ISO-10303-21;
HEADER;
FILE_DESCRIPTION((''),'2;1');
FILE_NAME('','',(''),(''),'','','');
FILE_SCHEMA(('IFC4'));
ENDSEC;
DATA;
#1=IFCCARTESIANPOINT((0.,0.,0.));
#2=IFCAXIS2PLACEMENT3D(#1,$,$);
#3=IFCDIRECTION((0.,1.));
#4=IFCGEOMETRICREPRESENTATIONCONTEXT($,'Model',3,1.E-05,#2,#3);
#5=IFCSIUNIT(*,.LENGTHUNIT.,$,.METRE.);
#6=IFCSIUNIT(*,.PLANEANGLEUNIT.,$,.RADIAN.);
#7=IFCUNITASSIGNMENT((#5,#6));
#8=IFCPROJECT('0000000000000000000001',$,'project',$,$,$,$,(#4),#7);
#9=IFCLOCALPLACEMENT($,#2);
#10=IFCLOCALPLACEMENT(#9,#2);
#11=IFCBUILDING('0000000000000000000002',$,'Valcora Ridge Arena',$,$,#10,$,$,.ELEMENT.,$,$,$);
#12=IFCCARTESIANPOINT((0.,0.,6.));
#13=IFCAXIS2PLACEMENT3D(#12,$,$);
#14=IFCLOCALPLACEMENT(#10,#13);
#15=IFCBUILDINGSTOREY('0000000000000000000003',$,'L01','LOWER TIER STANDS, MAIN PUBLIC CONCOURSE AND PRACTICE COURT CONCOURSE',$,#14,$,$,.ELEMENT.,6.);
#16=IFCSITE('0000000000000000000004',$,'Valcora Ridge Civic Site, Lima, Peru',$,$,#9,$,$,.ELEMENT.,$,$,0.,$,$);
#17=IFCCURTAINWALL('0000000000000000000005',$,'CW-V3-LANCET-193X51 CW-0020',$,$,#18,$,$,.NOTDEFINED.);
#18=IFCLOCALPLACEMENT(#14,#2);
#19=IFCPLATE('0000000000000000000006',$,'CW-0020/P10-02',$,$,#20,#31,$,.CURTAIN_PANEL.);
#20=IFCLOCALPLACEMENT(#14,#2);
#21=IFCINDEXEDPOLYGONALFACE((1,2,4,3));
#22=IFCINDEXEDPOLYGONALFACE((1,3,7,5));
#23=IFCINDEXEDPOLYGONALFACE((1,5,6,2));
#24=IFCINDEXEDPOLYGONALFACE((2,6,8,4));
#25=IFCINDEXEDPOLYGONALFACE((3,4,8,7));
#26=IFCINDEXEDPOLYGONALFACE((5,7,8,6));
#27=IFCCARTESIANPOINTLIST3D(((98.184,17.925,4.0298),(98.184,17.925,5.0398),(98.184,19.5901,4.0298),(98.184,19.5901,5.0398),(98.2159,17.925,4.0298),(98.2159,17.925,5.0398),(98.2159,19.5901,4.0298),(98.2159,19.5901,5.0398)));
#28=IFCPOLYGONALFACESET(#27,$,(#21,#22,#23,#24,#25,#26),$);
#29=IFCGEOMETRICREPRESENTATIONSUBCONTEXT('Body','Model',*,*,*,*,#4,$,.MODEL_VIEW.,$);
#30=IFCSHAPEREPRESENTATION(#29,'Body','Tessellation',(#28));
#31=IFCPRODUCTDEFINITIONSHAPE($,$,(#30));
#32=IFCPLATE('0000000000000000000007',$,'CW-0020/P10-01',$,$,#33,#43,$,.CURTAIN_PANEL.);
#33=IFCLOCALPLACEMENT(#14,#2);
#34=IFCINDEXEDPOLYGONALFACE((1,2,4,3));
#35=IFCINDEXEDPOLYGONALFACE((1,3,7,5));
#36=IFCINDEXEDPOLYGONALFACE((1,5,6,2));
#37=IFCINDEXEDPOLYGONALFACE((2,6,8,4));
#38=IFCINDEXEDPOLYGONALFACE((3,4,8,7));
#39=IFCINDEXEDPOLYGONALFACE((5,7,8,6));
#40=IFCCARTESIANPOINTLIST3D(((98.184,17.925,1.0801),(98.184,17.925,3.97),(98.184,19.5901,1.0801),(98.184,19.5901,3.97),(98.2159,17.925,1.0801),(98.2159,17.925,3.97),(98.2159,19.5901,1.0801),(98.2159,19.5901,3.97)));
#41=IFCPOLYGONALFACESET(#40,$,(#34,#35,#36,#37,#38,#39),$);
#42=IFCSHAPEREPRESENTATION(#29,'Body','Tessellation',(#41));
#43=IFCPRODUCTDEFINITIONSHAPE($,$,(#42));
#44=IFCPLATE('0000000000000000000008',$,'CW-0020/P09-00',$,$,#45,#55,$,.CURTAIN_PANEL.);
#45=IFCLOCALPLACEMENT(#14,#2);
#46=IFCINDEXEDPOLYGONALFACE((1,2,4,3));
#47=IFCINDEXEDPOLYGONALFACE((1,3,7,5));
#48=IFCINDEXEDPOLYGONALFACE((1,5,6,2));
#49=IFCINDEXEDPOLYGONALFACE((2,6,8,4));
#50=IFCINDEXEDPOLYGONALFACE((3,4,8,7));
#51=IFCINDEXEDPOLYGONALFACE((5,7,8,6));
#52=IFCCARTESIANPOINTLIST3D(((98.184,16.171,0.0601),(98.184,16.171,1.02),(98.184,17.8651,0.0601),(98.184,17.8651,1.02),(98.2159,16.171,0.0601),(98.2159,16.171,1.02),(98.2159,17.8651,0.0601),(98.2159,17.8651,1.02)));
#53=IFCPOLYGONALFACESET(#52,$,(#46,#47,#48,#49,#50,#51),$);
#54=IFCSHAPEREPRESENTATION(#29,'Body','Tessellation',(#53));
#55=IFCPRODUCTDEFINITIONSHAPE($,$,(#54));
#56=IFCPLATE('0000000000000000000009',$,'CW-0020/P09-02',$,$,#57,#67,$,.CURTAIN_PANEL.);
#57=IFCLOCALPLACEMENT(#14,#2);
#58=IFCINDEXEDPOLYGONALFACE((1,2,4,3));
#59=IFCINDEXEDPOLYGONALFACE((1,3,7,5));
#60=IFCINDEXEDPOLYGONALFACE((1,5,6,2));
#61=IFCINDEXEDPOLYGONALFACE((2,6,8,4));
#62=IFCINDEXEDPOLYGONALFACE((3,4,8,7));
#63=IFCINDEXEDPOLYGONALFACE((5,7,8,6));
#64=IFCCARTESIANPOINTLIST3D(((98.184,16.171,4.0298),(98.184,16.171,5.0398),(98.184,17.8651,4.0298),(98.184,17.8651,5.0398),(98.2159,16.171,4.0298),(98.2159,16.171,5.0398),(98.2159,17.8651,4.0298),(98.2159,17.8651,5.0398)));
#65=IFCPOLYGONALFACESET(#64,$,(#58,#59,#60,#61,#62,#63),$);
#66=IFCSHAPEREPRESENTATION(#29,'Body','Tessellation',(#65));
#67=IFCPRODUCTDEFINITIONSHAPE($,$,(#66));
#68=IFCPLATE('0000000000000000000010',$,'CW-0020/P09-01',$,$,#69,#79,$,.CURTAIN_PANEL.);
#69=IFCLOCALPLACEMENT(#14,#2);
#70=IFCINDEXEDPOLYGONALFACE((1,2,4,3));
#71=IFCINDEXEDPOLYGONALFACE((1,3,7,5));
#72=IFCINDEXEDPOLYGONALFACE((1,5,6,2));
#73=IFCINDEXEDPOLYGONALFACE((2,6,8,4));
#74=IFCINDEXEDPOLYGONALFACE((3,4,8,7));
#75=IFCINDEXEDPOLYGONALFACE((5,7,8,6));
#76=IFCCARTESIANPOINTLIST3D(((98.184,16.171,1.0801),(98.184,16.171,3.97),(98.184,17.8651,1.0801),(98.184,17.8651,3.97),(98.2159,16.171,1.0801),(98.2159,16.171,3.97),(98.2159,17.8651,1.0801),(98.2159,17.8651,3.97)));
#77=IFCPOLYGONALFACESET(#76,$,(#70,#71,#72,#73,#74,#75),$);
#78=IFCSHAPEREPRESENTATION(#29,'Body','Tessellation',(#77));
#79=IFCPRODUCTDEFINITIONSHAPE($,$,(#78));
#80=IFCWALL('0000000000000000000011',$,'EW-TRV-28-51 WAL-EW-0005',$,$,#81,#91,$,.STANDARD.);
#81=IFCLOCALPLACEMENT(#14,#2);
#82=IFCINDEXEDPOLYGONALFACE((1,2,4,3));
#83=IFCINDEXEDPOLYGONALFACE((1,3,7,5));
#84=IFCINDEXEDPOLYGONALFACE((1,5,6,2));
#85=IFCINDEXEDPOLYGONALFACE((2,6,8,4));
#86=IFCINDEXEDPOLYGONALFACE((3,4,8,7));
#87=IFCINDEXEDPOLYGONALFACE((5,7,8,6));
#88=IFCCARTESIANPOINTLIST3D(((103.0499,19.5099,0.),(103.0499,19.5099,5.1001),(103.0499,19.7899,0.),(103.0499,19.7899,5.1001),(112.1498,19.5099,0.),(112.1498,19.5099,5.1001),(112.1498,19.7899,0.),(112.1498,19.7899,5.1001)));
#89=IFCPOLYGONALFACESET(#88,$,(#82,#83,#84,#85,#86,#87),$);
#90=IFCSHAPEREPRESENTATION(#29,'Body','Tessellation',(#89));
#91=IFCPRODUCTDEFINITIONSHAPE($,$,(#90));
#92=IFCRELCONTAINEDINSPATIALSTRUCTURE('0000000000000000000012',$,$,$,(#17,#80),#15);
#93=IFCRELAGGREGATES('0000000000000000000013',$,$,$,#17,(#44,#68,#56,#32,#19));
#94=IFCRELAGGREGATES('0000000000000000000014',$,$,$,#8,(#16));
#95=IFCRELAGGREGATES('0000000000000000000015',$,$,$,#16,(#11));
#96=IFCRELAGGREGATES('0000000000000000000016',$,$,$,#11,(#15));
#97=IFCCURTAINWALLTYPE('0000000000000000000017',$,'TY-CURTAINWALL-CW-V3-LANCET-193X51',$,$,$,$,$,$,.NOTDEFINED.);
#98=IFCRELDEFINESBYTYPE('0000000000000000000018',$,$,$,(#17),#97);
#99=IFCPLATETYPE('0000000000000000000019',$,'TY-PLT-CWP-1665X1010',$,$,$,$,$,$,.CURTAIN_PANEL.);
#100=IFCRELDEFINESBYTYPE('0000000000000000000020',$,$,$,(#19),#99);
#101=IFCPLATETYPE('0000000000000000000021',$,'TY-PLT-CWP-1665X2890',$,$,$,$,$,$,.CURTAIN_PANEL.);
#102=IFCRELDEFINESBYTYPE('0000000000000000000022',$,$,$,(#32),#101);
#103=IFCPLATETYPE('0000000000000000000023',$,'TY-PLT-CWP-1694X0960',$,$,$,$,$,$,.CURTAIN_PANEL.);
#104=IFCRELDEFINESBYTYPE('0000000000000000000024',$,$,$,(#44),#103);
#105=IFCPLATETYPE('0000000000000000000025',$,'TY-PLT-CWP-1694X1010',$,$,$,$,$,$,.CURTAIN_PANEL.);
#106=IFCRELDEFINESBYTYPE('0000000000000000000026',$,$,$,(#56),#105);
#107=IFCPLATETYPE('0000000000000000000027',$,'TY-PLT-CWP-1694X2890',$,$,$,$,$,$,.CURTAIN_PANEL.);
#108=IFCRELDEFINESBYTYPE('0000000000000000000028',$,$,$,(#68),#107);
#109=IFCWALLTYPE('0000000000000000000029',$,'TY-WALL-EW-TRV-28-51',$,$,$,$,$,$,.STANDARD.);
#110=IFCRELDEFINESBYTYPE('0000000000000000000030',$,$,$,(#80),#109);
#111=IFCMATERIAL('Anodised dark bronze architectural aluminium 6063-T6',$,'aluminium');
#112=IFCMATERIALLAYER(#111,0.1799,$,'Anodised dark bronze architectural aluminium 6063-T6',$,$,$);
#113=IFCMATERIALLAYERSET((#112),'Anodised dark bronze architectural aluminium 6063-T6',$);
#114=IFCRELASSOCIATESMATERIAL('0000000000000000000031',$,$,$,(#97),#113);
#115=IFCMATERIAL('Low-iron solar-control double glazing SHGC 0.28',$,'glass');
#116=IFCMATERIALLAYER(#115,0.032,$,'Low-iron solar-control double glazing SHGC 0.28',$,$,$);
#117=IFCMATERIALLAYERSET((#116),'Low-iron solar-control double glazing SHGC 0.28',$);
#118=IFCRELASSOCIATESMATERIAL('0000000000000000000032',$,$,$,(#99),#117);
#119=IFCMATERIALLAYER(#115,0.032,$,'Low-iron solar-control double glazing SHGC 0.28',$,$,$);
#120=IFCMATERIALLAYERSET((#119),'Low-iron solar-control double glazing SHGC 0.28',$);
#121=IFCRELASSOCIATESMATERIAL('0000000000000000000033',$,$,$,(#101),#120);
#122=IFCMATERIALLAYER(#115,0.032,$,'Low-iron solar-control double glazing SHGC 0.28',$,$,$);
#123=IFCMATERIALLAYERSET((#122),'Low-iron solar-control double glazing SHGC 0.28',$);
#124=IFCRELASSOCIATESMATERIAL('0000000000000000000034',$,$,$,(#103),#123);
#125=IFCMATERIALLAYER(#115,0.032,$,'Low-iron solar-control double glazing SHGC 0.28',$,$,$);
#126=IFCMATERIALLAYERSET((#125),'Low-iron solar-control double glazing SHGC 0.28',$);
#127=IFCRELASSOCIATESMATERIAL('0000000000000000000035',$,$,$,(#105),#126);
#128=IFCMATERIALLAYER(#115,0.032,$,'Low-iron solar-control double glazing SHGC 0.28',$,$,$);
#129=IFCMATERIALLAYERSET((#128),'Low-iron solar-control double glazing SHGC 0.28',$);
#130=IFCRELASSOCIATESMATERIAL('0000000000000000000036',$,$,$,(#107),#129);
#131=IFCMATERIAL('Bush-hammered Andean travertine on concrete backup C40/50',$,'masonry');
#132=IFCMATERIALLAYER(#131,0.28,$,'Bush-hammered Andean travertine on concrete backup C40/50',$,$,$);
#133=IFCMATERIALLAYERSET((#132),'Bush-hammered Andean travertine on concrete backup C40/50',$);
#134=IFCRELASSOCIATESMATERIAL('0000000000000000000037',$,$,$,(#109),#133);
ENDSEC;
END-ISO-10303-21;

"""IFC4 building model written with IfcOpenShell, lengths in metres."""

from ifc_helpers import new_model, si_unit, direction, frame, frame_2d, origin, origin_2d, place, context, subcontext, project, spatial, rectangle, extrude, material, layer, layer_set, type_object, element, aggregate, save


model = new_model("IFC4")

# Units and contexts
model_context = context("Model", 3, precision=1e-05, world=origin(), true_north=direction((0.0, 1.0)))
body_context = subcontext(model_context, "Body", "Model", "MODEL_VIEW")
ifc_project = project(units=[si_unit("LENGTHUNIT", "METRE"), si_unit("PLANEANGLEUNIT", "RADIAN")], contexts=[model_context])

# Site, building, storey
site_placement = place(None, origin())
site = spatial("IfcSite", under=ifc_project, at=site_placement, Name="Valcora Ridge Civic Site, Lima, Peru", CompositionType="ELEMENT", RefElevation=0.0)
building_placement = place(site_placement, origin())
building = spatial("IfcBuilding", under=site, at=building_placement, Name="Valcora Ridge Arena", CompositionType="ELEMENT")
storey_placement = place(building_placement, frame((0.0, 0.0, 6.0)))
storey = spatial("IfcBuildingStorey", under=building, at=storey_placement, Name="L01", Description="LOWER TIER STANDS, MAIN PUBLIC CONCOURSE AND PRACTICE COURT CONCOURSE", CompositionType="ELEMENT", Elevation=6.0)

# Curtain wall, plates
ifc_material_1 = material(Name="Anodised dark bronze architectural aluminium 6063-T6", Category="aluminium")
ifc_layer_1 = layer(ifc_material_1, 0.1799, Name="Anodised dark bronze architectural aluminium 6063-T6")
ifc_layer_set_1 = layer_set([ifc_layer_1], Name="Anodised dark bronze architectural aluminium 6063-T6")
curtain_wall_type = type_object("IfcCurtainWallType", Name="TY-CURTAINWALL-CW-V3-LANCET-193X51", PredefinedType="NOTDEFINED", material=ifc_layer_set_1)
curtain_wall_placement = place(storey_placement, origin())
curtain_wall = element("IfcCurtainWall", 1, at=curtain_wall_placement, inside=storey, type_object=curtain_wall_type, Name="CW-V3-LANCET-193X51 CW-0020", PredefinedType="NOTDEFINED")
ifc_material_2 = material(Name="Low-iron solar-control double glazing SHGC 0.28", Category="glass")
ifc_layer_2 = layer(ifc_material_2, 0.032, Name="Low-iron solar-control double glazing SHGC 0.28")
ifc_layer_set_2 = layer_set([ifc_layer_2], Name="Low-iron solar-control double glazing SHGC 0.28")
plate_type_1 = type_object("IfcPlateType", Name="TY-PLT-CWP-1665X1010", PredefinedType="CURTAIN_PANEL", material=ifc_layer_set_2)
plate_1_placement = place(storey_placement, frame((98.2, 18.7576, 4.0298), z_axis=(0.0, 0.0, 1.0), x_axis=(0.0, 1.0, 0.0)))
plate_1 = element("IfcPlate", 2, at=plate_1_placement, type_object=plate_type_1, Name="CW-0020/P10-02", PredefinedType="CURTAIN_PANEL", context=body_context, shape_type="SweptSolid", body=[
    extrude(rectangle(XDim=1.665, YDim=0.032, at=origin_2d()), origin(), (0.0, 0.0, 1.0), 1.01),
])
ifc_layer_3 = layer(ifc_material_2, 0.032, Name="Low-iron solar-control double glazing SHGC 0.28")
ifc_layer_set_3 = layer_set([ifc_layer_3], Name="Low-iron solar-control double glazing SHGC 0.28")
plate_type_2 = type_object("IfcPlateType", Name="TY-PLT-CWP-1665X2890", PredefinedType="CURTAIN_PANEL", material=ifc_layer_set_3)
plate_2_placement = place(storey_placement, frame((98.2, 18.7576, 1.0801), z_axis=(0.0, 0.0, 1.0), x_axis=(0.0, 1.0, 0.0)))
plate_2 = element("IfcPlate", 3, at=plate_2_placement, type_object=plate_type_2, Name="CW-0020/P10-01", PredefinedType="CURTAIN_PANEL", context=body_context, shape_type="SweptSolid", body=[
    extrude(rectangle(XDim=1.665, YDim=0.032, at=origin_2d()), origin(), (0.0, 0.0, 1.0), 2.8899),
])
ifc_layer_4 = layer(ifc_material_2, 0.032, Name="Low-iron solar-control double glazing SHGC 0.28")
ifc_layer_set_4 = layer_set([ifc_layer_4], Name="Low-iron solar-control double glazing SHGC 0.28")
plate_type_3 = type_object("IfcPlateType", Name="TY-PLT-CWP-1694X0960", PredefinedType="CURTAIN_PANEL", material=ifc_layer_set_4)
plate_3_placement = place(storey_placement, frame((98.2, 17.0181, 0.0601), z_axis=(0.0, 0.0, 1.0), x_axis=(0.0, 1.0, 0.0)))
plate_3 = element("IfcPlate", 4, at=plate_3_placement, type_object=plate_type_3, Name="CW-0020/P09-00", PredefinedType="CURTAIN_PANEL", context=body_context, shape_type="SweptSolid", body=[
    extrude(rectangle(XDim=1.6941, YDim=0.032, at=origin_2d()), origin(), (0.0, 0.0, 1.0), 0.96),
])
ifc_layer_5 = layer(ifc_material_2, 0.032, Name="Low-iron solar-control double glazing SHGC 0.28")
ifc_layer_set_5 = layer_set([ifc_layer_5], Name="Low-iron solar-control double glazing SHGC 0.28")
plate_type_4 = type_object("IfcPlateType", Name="TY-PLT-CWP-1694X1010", PredefinedType="CURTAIN_PANEL", material=ifc_layer_set_5)
plate_4_placement = place(storey_placement, frame((98.2, 17.0181, 4.0298), z_axis=(0.0, 0.0, 1.0), x_axis=(0.0, 1.0, 0.0)))
plate_4 = element("IfcPlate", 5, at=plate_4_placement, type_object=plate_type_4, Name="CW-0020/P09-02", PredefinedType="CURTAIN_PANEL", context=body_context, shape_type="SweptSolid", body=[
    extrude(rectangle(XDim=1.6941, YDim=0.032, at=origin_2d()), origin(), (0.0, 0.0, 1.0), 1.01),
])
ifc_layer_6 = layer(ifc_material_2, 0.032, Name="Low-iron solar-control double glazing SHGC 0.28")
ifc_layer_set_6 = layer_set([ifc_layer_6], Name="Low-iron solar-control double glazing SHGC 0.28")
plate_type_5 = type_object("IfcPlateType", Name="TY-PLT-CWP-1694X2890", PredefinedType="CURTAIN_PANEL", material=ifc_layer_set_6)
plate_5_placement = place(storey_placement, frame((98.2, 17.0181, 1.0801), z_axis=(0.0, 0.0, 1.0), x_axis=(0.0, 1.0, 0.0)))
plate_5 = element("IfcPlate", 6, at=plate_5_placement, type_object=plate_type_5, Name="CW-0020/P09-01", PredefinedType="CURTAIN_PANEL", context=body_context, shape_type="SweptSolid", body=[
    extrude(rectangle(XDim=1.6941, YDim=0.032, at=origin_2d()), origin(), (0.0, 0.0, 1.0), 2.8899),
])
aggregate(curtain_wall, [plate_3, plate_5, plate_4, plate_2, plate_1])

# Wall
ifc_material_3 = material(Name="Bush-hammered Andean travertine on concrete backup C40/50", Category="masonry")
ifc_layer_7 = layer(ifc_material_3, 0.28, Name="Bush-hammered Andean travertine on concrete backup C40/50")
ifc_layer_set_7 = layer_set([ifc_layer_7], Name="Bush-hammered Andean travertine on concrete backup C40/50")
wall_type = type_object("IfcWallType", Name="TY-WALL-EW-TRV-28-51", PredefinedType="STANDARD", material=ifc_layer_set_7)
wall_placement = place(storey_placement, frame((103.05, 19.6499, 0.0), z_axis=(0.0, 0.0, 1.0), x_axis=(1.0, 0.0, 0.0)))
element("IfcWall", 7, at=wall_placement, inside=storey, type_object=wall_type, Name="EW-TRV-28-51 WAL-EW-0005", PredefinedType="STANDARD", context=body_context, shape_type="SweptSolid", body=[
    extrude(rectangle(XDim=9.0999, YDim=0.28, at=frame_2d((4.5498, 0.0))), origin(), (0.0, 0.0, 1.0), 5.1001),
])

save(model, "model.ifc")
